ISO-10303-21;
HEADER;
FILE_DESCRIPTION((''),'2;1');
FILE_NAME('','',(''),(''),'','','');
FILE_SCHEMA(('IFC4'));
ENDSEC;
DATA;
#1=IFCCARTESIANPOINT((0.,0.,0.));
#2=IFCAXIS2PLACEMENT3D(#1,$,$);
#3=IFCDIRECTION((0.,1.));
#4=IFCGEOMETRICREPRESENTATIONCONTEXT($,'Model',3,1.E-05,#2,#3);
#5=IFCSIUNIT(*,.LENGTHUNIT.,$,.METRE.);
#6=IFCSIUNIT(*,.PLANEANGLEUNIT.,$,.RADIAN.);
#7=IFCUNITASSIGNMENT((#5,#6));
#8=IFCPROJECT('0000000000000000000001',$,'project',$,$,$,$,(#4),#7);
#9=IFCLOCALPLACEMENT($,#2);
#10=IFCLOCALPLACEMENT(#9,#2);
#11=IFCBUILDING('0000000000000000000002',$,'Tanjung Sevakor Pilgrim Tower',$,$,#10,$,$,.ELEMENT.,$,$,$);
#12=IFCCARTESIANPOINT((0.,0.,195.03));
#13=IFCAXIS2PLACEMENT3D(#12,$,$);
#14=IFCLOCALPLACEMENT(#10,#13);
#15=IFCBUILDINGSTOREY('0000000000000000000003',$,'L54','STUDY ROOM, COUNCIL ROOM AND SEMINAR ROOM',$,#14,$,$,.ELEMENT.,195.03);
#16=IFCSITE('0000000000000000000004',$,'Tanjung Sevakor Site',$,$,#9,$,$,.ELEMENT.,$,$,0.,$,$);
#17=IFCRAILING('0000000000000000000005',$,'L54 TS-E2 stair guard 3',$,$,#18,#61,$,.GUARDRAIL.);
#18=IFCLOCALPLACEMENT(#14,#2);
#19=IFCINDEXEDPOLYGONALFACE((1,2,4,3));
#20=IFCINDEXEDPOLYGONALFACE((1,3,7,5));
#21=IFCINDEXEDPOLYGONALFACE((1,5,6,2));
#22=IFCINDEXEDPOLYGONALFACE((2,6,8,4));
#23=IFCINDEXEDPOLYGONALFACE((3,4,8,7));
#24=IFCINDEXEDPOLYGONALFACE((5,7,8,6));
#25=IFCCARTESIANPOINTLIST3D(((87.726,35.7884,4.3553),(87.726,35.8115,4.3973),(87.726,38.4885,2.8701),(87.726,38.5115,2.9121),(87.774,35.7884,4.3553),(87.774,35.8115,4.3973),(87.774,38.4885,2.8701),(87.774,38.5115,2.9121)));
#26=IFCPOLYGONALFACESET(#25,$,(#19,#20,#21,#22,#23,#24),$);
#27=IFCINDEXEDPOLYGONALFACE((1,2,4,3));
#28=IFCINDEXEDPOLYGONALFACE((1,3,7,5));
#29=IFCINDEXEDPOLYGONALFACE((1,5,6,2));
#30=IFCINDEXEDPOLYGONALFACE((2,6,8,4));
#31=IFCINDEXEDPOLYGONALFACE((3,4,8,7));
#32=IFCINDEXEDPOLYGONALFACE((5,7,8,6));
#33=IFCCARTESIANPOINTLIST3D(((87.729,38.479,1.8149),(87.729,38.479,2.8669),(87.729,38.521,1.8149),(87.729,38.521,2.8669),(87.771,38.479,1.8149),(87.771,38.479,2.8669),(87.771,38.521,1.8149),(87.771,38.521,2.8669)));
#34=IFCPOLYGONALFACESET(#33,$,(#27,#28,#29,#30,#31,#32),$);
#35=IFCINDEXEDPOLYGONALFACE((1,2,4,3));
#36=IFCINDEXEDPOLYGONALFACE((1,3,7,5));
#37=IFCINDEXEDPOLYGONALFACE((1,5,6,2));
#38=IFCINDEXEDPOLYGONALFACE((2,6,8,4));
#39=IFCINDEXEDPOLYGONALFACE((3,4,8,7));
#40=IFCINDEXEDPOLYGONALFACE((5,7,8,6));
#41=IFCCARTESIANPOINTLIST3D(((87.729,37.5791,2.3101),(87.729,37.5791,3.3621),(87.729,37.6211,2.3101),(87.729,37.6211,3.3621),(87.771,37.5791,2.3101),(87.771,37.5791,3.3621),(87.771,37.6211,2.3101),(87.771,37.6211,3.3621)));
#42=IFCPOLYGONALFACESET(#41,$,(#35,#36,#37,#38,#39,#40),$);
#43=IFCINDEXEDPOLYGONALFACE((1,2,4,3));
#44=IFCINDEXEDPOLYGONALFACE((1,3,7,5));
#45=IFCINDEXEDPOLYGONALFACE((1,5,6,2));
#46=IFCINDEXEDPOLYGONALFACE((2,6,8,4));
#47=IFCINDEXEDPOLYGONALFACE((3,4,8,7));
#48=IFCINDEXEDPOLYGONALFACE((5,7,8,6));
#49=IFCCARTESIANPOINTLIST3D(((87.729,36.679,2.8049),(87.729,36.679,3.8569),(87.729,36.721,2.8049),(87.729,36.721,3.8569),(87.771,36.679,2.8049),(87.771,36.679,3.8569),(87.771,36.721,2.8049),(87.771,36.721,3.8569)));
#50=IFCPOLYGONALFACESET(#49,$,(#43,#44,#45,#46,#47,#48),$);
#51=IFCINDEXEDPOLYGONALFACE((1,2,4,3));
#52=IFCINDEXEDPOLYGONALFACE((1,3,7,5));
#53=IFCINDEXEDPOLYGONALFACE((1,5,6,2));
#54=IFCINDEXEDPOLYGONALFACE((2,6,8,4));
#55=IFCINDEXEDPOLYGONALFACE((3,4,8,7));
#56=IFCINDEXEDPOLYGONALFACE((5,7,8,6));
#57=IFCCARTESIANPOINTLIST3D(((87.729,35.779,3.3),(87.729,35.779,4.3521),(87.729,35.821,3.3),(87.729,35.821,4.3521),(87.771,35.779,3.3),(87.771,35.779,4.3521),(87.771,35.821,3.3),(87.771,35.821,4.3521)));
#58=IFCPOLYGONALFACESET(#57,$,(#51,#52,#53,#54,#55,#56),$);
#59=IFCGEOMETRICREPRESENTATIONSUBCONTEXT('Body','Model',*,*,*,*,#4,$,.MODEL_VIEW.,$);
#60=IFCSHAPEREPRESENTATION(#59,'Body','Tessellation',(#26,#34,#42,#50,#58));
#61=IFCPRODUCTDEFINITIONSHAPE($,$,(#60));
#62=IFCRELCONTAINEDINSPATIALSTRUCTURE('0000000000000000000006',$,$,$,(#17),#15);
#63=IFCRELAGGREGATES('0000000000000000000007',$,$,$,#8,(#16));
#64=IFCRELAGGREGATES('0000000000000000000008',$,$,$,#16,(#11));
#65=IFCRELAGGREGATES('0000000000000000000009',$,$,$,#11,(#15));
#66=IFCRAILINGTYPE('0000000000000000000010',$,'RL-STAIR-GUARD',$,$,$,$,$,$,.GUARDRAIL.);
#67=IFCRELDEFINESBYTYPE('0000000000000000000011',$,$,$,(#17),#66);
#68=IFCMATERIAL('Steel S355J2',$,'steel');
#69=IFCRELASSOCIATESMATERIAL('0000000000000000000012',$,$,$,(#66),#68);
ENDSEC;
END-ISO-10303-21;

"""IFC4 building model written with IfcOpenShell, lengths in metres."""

from ifc_helpers import new_model, si_unit, direction, frame, origin, place, context, subcontext, project, spatial, rectangle, extrude, material, type_object, element, save


model = new_model("IFC4")

# Units and contexts
model_context = context("Model", 3, precision=1e-05, world=origin(), true_north=direction((0.0, 1.0)))
body_context = subcontext(model_context, "Body", "Model", "MODEL_VIEW")
ifc_project = project(units=[si_unit("LENGTHUNIT", "METRE"), si_unit("PLANEANGLEUNIT", "RADIAN")], contexts=[model_context])

# Site, building, storey
site_placement = place(None, origin())
site = spatial("IfcSite", under=ifc_project, at=site_placement, Name="Tanjung Sevakor Site", CompositionType="ELEMENT", RefElevation=0.0)
building_placement = place(site_placement, origin())
building = spatial("IfcBuilding", under=site, at=building_placement, Name="Tanjung Sevakor Pilgrim Tower", CompositionType="ELEMENT")
storey_placement = place(building_placement, frame((0.0, 0.0, 195.03)))
storey = spatial("IfcBuildingStorey", under=building, at=storey_placement, Name="L54", Description="STUDY ROOM, COUNCIL ROOM AND SEMINAR ROOM", CompositionType="ELEMENT", Elevation=195.03)

# Railing
ifc_material_1 = material(Name="Steel S355J2", Category="steel")
railing_type = type_object("IfcRailingType", Name="RL-STAIR-GUARD", PredefinedType="GUARDRAIL", material=ifc_material_1)
railing_1_placement = place(storey_placement, frame((87.75, 38.5, 1.8149)))
element("IfcRailing", 1, at=railing_1_placement, inside=storey, type_object=railing_type, Name="L54 TS-E2 stair guard 3", PredefinedType="GUARDRAIL", context=body_context, shape_type="SweptSolid", body=[
    extrude(rectangle(XDim=0.0479, YDim=0.0479), frame((0.0, 0.0, 1.0762), z_axis=(0.0, -0.876198, 0.481952), x_axis=(1.0, 0.0, 0.0)), (0.0, 0.0, 1.0), 3.0815),
    extrude(rectangle(XDim=0.042, YDim=0.042), origin(), (0.0, 0.0, 1.0), 1.052),
    extrude(rectangle(XDim=0.042, YDim=0.042), frame((0.0, -0.8999, 0.4951)), (0.0, 0.0, 1.0), 1.052),
    extrude(rectangle(XDim=0.042, YDim=0.042), frame((0.0, -1.8, 0.99)), (0.0, 0.0, 1.0), 1.052),
    extrude(rectangle(XDim=0.042, YDim=0.042), frame((0.0, -2.7, 1.4851)), (0.0, 0.0, 1.0), 1.052),
])

save(model, "model.ifc")
